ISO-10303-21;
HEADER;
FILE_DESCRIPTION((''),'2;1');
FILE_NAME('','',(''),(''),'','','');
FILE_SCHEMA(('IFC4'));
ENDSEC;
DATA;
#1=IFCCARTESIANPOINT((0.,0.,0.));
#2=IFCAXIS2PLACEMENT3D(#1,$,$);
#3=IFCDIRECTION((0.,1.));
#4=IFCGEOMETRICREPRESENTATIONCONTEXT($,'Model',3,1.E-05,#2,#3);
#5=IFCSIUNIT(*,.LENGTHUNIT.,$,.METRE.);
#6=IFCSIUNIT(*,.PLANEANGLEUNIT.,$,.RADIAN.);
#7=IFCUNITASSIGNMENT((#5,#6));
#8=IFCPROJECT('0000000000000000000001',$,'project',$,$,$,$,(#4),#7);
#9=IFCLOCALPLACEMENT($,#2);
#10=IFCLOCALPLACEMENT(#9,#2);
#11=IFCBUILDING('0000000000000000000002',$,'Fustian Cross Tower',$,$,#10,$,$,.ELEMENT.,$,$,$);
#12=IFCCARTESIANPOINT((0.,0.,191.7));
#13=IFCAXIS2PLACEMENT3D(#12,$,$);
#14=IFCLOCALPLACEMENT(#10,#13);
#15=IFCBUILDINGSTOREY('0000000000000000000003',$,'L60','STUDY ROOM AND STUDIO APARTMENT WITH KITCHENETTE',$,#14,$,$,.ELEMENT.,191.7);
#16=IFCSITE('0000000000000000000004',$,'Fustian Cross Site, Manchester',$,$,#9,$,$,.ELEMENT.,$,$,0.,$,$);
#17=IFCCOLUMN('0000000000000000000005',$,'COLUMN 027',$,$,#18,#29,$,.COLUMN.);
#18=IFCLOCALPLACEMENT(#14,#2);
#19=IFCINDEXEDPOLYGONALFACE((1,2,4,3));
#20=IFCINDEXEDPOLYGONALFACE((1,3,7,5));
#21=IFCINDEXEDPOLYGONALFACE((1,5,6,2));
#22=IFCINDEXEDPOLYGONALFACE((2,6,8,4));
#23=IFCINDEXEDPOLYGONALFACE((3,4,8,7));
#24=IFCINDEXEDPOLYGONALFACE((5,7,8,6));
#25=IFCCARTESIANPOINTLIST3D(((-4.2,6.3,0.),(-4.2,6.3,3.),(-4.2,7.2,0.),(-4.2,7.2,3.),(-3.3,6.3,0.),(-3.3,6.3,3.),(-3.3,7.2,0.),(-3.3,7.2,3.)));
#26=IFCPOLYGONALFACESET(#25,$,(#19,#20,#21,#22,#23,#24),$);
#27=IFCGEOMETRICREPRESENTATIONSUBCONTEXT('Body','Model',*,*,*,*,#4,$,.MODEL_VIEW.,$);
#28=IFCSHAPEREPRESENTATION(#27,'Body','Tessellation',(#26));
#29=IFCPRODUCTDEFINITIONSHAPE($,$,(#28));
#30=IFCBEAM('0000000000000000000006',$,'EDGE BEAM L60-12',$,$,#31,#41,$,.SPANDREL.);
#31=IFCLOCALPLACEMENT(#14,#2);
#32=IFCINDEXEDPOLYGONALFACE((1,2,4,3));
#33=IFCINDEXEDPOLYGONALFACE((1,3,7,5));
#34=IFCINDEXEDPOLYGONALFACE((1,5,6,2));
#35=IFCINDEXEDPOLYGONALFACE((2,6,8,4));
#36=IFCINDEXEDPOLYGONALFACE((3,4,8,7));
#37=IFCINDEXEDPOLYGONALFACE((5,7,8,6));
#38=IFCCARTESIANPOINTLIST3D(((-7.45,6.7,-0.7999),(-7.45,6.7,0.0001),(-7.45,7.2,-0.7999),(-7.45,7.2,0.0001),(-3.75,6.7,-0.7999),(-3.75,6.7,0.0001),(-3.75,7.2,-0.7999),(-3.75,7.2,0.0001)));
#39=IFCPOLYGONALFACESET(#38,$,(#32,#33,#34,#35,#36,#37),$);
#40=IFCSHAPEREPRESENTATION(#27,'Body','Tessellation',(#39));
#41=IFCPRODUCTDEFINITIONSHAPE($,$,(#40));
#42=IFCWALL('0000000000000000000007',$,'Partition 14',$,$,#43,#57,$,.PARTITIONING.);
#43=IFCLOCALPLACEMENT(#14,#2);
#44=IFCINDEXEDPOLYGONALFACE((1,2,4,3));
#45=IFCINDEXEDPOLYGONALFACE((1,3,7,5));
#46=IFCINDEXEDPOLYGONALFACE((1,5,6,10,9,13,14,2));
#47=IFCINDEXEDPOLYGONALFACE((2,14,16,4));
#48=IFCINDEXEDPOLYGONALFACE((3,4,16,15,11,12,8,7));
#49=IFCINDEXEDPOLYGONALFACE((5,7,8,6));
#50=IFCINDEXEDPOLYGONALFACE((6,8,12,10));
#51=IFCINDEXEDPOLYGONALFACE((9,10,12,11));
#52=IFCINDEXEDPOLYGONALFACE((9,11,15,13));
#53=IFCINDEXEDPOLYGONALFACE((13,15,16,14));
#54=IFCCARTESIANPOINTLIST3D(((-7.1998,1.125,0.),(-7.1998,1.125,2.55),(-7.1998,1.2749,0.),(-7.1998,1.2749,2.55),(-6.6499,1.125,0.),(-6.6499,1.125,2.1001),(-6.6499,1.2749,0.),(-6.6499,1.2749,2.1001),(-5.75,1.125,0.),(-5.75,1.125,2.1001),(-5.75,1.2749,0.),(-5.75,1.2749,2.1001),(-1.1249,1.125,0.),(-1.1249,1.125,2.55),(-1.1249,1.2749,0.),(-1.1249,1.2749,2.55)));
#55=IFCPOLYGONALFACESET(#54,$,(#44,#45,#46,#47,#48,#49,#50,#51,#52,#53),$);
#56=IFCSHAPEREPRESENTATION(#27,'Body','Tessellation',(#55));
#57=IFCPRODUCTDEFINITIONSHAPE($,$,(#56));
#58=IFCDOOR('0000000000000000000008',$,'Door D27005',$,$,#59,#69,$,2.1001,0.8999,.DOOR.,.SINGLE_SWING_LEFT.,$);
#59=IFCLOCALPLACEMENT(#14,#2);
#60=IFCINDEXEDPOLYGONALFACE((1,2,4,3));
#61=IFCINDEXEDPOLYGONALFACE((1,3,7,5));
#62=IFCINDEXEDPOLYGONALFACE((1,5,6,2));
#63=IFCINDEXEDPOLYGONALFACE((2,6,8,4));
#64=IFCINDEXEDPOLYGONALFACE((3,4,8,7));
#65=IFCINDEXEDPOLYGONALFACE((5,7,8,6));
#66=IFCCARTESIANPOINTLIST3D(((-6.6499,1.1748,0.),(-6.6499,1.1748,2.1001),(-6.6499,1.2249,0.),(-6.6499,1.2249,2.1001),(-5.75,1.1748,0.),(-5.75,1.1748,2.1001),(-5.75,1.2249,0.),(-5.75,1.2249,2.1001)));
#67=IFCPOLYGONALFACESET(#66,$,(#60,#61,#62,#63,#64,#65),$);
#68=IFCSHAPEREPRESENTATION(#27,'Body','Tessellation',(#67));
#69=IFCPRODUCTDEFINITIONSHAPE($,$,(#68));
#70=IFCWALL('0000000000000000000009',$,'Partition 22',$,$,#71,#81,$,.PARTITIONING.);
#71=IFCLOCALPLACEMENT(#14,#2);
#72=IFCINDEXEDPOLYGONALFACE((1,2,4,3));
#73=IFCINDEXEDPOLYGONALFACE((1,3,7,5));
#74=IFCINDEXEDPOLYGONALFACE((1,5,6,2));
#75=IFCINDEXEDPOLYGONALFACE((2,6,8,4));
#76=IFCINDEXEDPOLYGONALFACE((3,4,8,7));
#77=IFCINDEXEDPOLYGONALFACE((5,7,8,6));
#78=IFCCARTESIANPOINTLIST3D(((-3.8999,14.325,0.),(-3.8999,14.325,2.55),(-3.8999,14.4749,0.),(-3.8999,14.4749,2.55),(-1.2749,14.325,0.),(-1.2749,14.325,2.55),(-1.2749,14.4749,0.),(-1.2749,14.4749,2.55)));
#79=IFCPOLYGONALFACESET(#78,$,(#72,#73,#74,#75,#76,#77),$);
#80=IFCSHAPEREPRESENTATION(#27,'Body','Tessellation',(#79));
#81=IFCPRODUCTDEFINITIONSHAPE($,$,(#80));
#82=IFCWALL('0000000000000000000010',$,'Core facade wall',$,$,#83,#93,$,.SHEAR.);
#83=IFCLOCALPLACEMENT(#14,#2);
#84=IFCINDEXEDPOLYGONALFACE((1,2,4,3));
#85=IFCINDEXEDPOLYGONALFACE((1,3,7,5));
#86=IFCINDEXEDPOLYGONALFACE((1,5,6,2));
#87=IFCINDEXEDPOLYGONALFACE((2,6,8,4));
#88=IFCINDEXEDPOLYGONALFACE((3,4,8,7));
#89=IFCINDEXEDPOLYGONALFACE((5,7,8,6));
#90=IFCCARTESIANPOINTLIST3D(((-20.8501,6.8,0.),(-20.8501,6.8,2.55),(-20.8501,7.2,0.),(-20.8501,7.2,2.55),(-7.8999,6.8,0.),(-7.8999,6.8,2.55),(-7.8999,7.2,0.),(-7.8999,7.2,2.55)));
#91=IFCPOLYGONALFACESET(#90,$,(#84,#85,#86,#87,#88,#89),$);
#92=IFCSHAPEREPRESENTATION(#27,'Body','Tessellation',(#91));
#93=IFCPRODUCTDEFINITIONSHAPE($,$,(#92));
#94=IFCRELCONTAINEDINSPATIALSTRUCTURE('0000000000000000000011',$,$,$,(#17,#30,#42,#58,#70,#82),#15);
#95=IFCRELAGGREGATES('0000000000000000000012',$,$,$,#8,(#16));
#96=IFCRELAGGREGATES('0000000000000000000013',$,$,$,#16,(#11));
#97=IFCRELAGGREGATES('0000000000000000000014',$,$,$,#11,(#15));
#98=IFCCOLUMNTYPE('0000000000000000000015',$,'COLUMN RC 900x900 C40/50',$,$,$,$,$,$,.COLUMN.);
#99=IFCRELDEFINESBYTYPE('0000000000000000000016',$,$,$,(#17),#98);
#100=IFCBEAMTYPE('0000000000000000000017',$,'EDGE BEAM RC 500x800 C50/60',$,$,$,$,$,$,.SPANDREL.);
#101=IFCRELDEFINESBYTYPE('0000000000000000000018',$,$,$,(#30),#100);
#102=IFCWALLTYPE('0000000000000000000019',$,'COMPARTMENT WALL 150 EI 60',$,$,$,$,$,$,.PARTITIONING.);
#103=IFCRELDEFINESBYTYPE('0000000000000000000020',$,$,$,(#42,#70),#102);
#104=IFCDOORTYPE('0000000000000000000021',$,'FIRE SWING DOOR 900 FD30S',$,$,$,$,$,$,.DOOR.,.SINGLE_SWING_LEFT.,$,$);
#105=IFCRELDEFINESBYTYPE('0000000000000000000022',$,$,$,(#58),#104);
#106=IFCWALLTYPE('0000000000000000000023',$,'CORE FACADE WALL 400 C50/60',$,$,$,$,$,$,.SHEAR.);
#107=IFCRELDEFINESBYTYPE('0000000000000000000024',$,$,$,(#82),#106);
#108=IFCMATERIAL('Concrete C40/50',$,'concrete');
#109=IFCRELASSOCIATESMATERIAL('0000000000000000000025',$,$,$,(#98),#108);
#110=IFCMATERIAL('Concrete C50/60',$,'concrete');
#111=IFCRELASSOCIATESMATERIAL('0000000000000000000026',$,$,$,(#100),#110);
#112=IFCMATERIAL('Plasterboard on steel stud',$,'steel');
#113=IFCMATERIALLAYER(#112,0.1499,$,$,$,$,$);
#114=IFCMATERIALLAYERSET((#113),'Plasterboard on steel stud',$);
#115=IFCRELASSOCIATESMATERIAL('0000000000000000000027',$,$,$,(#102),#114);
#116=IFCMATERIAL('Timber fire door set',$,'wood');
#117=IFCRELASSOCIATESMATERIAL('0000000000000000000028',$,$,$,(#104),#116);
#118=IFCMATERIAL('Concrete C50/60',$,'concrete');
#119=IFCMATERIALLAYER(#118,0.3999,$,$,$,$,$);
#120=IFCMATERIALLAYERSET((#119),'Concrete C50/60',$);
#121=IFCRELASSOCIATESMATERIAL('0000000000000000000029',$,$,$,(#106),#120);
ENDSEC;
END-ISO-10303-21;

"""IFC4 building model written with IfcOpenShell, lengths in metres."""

from ifc_helpers import new_model, si_unit, direction, frame, frame_2d, origin, origin_2d, place, context, subcontext, project, spatial, rectangle, extrude, material, layer, layer_set, material_profile, profile_set, type_object, element, fill, save


model = new_model("IFC4")

# Units and contexts
model_context = context("Model", 3, precision=1e-05, world=origin(), true_north=direction((0.0, 1.0)))
body_context = subcontext(model_context, "Body", "Model", "MODEL_VIEW")
ifc_project = project(units=[si_unit("LENGTHUNIT", "METRE"), si_unit("PLANEANGLEUNIT", "RADIAN")], contexts=[model_context])

# Site, building, storey
site_placement = place(None, origin())
site = spatial("IfcSite", under=ifc_project, at=site_placement, Name="Fustian Cross Site, Manchester", CompositionType="ELEMENT", RefElevation=0.0)
building_placement = place(site_placement, origin())
building = spatial("IfcBuilding", under=site, at=building_placement, Name="Fustian Cross Tower", CompositionType="ELEMENT")
storey_placement = place(building_placement, frame((0.0, 0.0, 191.7)))
storey = spatial("IfcBuildingStorey", under=building, at=storey_placement, Name="L60", Description="STUDY ROOM AND STUDIO APARTMENT WITH KITCHENETTE", CompositionType="ELEMENT", Elevation=191.7)

# Column
ifc_material_1 = material(Name="Concrete C40/50", Category="concrete")
ifc_material_profile_1 = material_profile(ifc_material_1, rectangle(XDim=0.8999, YDim=0.8999, at=origin_2d()), Name="RC 900x900")
ifc_profile_set_1 = profile_set([ifc_material_profile_1], Name="Concrete C40/50")
column_type = type_object("IfcColumnType", Name="COLUMN RC 900x900 C40/50", PredefinedType="COLUMN", material=ifc_profile_set_1)
column_placement = place(storey_placement, frame((-3.75, 6.75, 0.0), z_axis=(0.0, 0.0, 1.0), x_axis=(1.0, 0.0, 0.0)))
element("IfcColumn", 1, at=column_placement, inside=storey, type_object=column_type, Name="COLUMN 027", PredefinedType="COLUMN", context=body_context, shape_type="SweptSolid", body=[
    extrude(rectangle(XDim=0.8999, YDim=0.8999, at=origin_2d()), origin(), (0.0, 0.0, 1.0), 3.0),
])

# Beam
ifc_material_2 = material(Name="Concrete C50/60", Category="concrete")
ifc_material_profile_2 = material_profile(ifc_material_2, rectangle(XDim=0.5, YDim=0.8, at=origin_2d()), Name="RC 500x800")
ifc_profile_set_2 = profile_set([ifc_material_profile_2], Name="Concrete C50/60")
beam_type = type_object("IfcBeamType", Name="EDGE BEAM RC 500x800 C50/60", PredefinedType="SPANDREL", material=ifc_profile_set_2)
beam_placement = place(storey_placement, frame((-3.75, 6.95, -0.3999), z_axis=(-1.0, 0.0, 0.0), x_axis=(0.0, -1.0, 0.0)))
element("IfcBeam", 2, at=beam_placement, inside=storey, type_object=beam_type, Name="EDGE BEAM L60-12", PredefinedType="SPANDREL", context=body_context, shape_type="SweptSolid", body=[
    extrude(rectangle(XDim=0.5, YDim=0.8, at=origin_2d()), origin(), (0.0, 0.0, 1.0), 3.7),
])

# Wall, opening, door
ifc_material_3 = material(Name="Plasterboard on steel stud", Category="steel")
ifc_layer_1 = layer(ifc_material_3, 0.1499)
ifc_layer_set_1 = layer_set([ifc_layer_1], Name="Plasterboard on steel stud")
wall_type_1 = type_object("IfcWallType", Name="COMPARTMENT WALL 150 EI 60", PredefinedType="PARTITIONING", material=ifc_layer_set_1)
wall_1_placement = place(storey_placement, frame((-7.2, 1.2, 0.0), z_axis=(0.0, 0.0, 1.0), x_axis=(1.0, 0.0, 0.0)))
wall_1 = element("IfcWall", 3, at=wall_1_placement, inside=storey, type_object=wall_type_1, Name="Partition 14", PredefinedType="PARTITIONING", context=body_context, shape_type="SweptSolid", body=[
    extrude(rectangle(XDim=6.075, YDim=0.1499, at=frame_2d((3.0376, 0.0))), origin(), (0.0, 0.0, 1.0), 2.55),
])
opening_1_placement = place(wall_1_placement, frame((0.55, 0.0, 0.0)))
opening_1 = element("IfcOpeningElement", 4, at=opening_1_placement, cuts=wall_1, PredefinedType="OPENING", context=body_context, shape_type="SweptSolid", body=[
    extrude(rectangle(XDim=0.8999, YDim=2.1001, at=frame_2d((0.45, 1.05))), frame((0.0, 0.085, 0.0), z_axis=(0.0, -1.0, 0.0), x_axis=(1.0, 0.0, 0.0)), (0.0, 0.0, 1.0), 0.1699),
])
ifc_material_4 = material(Name="Timber fire door set", Category="wood")
door_type_1 = type_object("IfcDoorType", Name="FIRE SWING DOOR 900 FD30S", OperationType="SINGLE_SWING_LEFT", PredefinedType="DOOR", material=ifc_material_4)
door_1_placement = place(opening_1_placement, origin())
door_1 = element("IfcDoor", 5, at=door_1_placement, inside=storey, type_object=door_type_1, Name="Door D27005", OperationType="SINGLE_SWING_LEFT", OverallHeight=2.1001, OverallWidth=0.8999, PredefinedType="DOOR", context=body_context, shape_type="SweptSolid", body=[
    extrude(rectangle(XDim=0.8999, YDim=2.1001, at=frame_2d((0.45, 1.05))), frame((0.0, 0.0249, 0.0), z_axis=(0.0, -1.0, 0.0), x_axis=(1.0, 0.0, 0.0)), (0.0, 0.0, 1.0), 0.05),
])
fill(opening_1, door_1)

# Walls
wall_2_placement = place(storey_placement, frame((-3.8999, 14.3999, 0.0), z_axis=(0.0, 0.0, 1.0), x_axis=(1.0, 0.0, 0.0)))
element("IfcWall", 6, at=wall_2_placement, inside=storey, type_object=wall_type_1, Name="Partition 22", PredefinedType="PARTITIONING", context=body_context, shape_type="SweptSolid", body=[
    extrude(rectangle(XDim=2.625, YDim=0.1499, at=frame_2d((1.3125, 0.0))), origin(), (0.0, 0.0, 1.0), 2.55),
])
ifc_material_5 = material(Name="Concrete C50/60", Category="concrete")
ifc_layer_2 = layer(ifc_material_5, 0.3999)
ifc_layer_set_2 = layer_set([ifc_layer_2], Name="Concrete C50/60")
wall_type_2 = type_object("IfcWallType", Name="CORE FACADE WALL 400 C50/60", PredefinedType="SHEAR", material=ifc_layer_set_2)
wall_3_placement = place(storey_placement, frame((-7.8999, 7.0, 0.0), z_axis=(0.0, 0.0, 1.0), x_axis=(-1.0, 0.0, 0.0)))
element("IfcWall", 7, at=wall_3_placement, inside=storey, type_object=wall_type_2, Name="Core facade wall", PredefinedType="SHEAR", context=body_context, shape_type="SweptSolid", body=[
    extrude(rectangle(XDim=12.9502, YDim=0.3999, at=frame_2d((6.4751, 0.0))), origin(), (0.0, 0.0, 1.0), 2.55),
])

save(model, "model.ifc")
